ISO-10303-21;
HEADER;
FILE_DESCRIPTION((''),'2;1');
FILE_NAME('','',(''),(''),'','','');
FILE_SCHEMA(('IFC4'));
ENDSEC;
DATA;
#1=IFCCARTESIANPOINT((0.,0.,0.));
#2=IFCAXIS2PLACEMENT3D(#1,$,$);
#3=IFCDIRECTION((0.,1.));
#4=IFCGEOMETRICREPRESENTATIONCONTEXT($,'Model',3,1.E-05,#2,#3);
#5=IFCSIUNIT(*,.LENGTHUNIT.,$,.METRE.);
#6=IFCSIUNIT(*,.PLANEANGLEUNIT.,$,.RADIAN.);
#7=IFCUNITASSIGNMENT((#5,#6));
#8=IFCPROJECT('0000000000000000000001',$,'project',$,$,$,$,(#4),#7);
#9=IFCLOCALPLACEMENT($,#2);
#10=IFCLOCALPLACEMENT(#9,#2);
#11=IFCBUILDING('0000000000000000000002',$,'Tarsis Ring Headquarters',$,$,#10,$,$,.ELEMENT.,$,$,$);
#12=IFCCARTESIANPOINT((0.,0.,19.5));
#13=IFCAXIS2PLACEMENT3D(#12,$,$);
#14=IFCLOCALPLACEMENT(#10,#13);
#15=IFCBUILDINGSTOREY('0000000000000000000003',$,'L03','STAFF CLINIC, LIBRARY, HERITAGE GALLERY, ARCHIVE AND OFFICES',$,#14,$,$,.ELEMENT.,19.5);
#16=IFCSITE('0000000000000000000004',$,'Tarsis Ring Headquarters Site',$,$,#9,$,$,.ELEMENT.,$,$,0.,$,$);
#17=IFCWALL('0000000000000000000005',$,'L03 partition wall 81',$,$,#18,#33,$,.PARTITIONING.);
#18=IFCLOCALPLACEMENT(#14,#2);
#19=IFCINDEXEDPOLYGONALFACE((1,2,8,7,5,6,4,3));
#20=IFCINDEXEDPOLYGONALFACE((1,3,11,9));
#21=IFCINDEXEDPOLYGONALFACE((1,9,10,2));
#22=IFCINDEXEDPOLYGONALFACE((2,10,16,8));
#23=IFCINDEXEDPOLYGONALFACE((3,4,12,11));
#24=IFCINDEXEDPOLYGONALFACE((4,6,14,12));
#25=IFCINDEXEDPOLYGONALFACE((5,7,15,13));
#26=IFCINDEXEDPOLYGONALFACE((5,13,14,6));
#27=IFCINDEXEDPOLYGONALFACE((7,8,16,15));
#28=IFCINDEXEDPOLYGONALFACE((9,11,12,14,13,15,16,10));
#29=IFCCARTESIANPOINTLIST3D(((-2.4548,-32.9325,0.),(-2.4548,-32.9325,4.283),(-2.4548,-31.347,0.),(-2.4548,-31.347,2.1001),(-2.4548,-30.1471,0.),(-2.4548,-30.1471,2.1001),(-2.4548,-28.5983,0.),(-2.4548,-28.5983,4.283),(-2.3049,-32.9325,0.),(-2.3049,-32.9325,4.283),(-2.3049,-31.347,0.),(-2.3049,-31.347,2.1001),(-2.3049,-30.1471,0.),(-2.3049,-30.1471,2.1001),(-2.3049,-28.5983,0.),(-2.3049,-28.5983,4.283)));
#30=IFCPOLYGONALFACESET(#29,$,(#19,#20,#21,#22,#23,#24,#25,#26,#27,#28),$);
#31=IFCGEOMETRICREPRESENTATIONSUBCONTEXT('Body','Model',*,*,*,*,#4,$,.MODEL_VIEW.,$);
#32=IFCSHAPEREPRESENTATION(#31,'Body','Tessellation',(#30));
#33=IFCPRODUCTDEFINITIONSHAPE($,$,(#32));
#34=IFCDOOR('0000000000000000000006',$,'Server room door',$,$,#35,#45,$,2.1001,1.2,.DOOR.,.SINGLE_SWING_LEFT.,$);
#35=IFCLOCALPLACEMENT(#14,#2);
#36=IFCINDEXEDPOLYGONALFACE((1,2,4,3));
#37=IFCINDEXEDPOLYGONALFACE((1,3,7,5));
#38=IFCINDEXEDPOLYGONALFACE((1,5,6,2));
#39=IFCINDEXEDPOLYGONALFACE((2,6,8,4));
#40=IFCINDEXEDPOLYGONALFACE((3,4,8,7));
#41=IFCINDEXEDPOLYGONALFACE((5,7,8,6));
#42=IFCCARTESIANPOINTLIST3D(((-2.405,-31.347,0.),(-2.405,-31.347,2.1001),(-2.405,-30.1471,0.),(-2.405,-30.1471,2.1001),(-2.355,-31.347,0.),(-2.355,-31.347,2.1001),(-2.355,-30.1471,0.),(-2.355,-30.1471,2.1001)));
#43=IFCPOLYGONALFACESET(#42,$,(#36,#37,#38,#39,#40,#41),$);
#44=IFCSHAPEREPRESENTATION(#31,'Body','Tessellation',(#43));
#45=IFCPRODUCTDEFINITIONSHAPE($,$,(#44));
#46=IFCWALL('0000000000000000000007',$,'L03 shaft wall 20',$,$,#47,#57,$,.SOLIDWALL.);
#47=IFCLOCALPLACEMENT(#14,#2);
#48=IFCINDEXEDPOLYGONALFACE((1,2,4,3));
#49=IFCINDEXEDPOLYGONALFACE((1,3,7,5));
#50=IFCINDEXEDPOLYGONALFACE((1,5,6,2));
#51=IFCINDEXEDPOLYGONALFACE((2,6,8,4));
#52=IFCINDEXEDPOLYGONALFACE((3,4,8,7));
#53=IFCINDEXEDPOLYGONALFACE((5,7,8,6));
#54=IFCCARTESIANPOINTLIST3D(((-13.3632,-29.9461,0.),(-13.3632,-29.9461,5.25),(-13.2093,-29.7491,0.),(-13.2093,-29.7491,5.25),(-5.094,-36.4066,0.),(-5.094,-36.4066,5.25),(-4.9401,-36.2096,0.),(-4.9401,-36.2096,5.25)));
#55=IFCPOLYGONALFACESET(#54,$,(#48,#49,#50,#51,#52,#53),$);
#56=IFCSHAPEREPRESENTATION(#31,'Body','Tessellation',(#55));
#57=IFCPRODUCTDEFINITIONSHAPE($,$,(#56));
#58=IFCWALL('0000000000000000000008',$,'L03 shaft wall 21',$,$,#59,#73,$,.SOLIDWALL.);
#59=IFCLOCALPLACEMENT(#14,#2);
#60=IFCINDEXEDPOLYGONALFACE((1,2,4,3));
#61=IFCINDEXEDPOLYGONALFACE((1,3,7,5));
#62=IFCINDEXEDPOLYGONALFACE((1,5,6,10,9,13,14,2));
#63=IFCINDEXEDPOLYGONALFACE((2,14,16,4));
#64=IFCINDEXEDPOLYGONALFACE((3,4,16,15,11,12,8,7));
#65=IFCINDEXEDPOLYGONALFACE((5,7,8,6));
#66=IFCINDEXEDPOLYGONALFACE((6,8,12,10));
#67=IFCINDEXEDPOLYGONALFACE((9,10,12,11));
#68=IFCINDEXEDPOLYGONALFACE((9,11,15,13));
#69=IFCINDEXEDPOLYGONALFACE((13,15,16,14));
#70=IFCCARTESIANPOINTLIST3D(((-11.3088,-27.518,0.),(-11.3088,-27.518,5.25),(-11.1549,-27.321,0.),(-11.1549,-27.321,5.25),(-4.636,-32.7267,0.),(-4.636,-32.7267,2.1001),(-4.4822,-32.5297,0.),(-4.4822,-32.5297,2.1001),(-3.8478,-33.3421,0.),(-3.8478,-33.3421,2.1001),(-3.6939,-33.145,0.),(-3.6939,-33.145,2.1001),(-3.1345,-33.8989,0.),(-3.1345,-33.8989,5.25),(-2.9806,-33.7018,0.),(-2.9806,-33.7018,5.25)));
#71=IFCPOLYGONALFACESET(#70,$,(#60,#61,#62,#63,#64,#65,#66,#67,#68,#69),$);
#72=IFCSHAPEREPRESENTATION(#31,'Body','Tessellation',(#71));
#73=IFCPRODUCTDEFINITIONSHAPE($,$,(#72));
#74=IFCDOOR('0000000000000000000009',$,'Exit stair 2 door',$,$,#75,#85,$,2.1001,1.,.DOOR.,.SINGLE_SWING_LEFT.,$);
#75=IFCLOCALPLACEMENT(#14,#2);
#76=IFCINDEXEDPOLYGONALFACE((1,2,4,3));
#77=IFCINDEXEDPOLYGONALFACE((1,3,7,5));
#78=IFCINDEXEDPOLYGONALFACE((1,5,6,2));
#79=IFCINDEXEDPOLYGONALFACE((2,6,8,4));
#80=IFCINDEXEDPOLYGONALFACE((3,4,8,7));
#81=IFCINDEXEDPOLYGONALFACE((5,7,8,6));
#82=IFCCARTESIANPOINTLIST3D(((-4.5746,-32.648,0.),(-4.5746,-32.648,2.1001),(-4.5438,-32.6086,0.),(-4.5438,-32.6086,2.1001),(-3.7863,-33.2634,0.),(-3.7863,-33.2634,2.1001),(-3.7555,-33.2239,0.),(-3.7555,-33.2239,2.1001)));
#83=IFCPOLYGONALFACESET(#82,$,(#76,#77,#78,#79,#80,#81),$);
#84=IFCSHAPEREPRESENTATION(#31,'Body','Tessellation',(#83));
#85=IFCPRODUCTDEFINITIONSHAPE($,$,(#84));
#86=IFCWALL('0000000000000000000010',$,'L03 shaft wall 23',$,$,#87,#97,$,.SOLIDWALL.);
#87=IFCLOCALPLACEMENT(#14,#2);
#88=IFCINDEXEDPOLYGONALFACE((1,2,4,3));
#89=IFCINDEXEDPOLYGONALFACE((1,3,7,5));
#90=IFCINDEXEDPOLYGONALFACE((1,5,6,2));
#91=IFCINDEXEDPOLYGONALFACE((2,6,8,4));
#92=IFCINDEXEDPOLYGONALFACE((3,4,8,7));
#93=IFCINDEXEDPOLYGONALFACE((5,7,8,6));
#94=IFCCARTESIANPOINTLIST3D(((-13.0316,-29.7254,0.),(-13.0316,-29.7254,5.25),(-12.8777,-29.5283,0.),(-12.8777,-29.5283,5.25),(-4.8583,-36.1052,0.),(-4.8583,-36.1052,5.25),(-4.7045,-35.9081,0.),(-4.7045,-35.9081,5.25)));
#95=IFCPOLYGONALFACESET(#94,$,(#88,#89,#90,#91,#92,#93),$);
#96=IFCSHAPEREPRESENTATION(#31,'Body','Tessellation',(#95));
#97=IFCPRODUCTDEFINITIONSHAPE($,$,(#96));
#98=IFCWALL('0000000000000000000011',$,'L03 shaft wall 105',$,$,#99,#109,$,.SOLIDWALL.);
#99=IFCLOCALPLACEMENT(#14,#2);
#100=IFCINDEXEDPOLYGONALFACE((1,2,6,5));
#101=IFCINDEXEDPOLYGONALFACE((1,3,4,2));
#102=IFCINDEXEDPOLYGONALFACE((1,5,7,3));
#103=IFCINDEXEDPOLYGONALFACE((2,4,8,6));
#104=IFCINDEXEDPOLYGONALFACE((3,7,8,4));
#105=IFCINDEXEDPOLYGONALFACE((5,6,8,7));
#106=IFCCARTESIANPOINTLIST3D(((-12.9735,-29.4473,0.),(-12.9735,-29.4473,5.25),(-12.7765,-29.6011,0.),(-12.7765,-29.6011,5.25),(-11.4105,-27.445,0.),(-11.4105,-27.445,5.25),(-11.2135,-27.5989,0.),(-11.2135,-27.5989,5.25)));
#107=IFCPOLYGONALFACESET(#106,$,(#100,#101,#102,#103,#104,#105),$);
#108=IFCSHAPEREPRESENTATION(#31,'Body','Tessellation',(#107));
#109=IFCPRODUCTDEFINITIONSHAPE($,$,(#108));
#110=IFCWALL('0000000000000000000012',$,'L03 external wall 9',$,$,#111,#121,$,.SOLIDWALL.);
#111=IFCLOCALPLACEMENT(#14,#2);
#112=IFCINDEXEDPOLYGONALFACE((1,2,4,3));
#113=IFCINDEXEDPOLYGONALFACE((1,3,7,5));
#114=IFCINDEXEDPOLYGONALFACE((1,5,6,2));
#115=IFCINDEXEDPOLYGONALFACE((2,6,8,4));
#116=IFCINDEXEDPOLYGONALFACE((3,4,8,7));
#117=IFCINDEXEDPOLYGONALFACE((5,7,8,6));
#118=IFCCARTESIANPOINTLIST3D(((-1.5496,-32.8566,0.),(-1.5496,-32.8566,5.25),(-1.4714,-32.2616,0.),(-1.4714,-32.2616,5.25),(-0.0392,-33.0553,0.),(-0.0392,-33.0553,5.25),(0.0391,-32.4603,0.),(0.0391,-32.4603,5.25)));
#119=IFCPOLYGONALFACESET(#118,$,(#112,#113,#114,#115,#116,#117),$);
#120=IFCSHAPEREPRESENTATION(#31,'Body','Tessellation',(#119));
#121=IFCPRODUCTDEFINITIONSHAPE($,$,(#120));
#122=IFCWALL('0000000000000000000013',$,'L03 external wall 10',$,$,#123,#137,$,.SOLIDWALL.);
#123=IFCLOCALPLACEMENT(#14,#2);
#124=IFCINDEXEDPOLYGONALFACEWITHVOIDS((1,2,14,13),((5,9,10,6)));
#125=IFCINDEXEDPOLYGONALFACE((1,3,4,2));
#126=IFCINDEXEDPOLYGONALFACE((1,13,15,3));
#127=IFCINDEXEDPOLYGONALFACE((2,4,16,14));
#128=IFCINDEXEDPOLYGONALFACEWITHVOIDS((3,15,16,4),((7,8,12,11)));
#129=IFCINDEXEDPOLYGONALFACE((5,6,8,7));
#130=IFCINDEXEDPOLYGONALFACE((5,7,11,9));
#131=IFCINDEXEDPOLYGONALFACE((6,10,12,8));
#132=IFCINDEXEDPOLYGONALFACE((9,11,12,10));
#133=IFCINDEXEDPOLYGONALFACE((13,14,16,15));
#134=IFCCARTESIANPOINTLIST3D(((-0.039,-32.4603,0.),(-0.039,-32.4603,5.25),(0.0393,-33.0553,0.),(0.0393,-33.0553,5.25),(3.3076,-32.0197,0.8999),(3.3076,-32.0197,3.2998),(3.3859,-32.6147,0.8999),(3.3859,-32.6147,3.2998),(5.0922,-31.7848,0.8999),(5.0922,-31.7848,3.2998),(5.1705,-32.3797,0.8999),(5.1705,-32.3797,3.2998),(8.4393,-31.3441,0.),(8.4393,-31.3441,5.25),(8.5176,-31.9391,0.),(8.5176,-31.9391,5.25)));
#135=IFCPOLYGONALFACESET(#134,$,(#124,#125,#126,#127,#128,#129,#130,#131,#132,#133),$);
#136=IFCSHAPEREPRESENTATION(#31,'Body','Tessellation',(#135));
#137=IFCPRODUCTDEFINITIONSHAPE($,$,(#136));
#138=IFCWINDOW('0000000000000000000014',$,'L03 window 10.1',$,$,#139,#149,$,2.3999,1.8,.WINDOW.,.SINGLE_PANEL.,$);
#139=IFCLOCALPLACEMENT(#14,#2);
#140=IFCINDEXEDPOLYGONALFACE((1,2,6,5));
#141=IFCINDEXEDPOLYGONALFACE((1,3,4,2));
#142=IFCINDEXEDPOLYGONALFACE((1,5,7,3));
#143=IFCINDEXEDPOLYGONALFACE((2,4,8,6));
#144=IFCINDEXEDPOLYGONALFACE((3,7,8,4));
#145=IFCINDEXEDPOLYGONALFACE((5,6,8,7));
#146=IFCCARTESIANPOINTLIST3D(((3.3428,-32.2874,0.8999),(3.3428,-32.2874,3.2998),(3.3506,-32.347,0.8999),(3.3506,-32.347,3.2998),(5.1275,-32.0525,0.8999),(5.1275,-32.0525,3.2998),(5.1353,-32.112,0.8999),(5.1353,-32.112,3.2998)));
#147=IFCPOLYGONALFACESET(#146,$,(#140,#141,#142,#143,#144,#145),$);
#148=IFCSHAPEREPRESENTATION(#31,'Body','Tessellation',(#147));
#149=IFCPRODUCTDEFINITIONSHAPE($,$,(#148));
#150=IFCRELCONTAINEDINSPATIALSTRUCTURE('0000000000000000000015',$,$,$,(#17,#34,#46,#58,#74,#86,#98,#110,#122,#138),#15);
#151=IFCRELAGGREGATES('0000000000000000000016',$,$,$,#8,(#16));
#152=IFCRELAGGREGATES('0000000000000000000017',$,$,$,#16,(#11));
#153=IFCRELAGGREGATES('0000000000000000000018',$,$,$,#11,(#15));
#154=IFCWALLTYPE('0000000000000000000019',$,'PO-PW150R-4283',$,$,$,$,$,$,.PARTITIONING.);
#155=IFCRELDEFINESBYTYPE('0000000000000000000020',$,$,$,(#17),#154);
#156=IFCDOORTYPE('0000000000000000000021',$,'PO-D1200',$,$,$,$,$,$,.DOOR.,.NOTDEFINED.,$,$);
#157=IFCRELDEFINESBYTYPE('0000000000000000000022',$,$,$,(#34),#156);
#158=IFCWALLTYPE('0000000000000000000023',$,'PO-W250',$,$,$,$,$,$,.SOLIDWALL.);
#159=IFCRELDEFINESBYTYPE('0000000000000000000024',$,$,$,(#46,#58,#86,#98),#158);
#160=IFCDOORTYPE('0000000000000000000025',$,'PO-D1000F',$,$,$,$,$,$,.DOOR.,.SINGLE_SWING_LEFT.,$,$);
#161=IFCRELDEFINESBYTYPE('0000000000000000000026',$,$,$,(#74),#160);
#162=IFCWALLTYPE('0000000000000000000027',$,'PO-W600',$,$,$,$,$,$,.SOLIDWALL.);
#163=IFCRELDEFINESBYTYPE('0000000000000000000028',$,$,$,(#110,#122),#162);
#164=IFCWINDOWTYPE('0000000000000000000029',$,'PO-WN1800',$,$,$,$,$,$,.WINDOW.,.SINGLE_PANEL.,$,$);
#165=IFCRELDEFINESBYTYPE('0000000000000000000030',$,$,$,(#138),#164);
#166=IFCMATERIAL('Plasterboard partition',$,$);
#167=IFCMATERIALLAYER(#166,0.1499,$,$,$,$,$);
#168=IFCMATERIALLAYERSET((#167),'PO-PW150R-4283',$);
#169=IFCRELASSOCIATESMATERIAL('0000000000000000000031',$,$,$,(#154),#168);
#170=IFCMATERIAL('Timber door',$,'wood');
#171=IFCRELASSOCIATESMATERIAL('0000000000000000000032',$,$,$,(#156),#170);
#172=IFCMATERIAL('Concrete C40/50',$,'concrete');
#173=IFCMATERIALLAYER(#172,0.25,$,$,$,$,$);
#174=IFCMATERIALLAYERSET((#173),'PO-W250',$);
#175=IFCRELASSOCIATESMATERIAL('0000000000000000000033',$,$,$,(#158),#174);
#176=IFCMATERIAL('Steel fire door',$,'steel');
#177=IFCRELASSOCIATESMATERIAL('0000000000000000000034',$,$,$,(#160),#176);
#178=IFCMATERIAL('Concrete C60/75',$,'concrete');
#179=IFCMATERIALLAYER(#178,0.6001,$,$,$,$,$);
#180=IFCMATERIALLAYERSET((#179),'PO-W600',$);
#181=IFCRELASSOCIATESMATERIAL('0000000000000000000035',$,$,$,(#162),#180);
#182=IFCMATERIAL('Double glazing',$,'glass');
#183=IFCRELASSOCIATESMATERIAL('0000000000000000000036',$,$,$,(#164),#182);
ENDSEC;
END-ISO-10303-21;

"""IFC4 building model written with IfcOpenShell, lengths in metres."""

from ifc_helpers import new_model, si_unit, direction, frame, frame_2d, origin, place, context, subcontext, project, spatial, rectangle, extrude, material, layer, layer_set, type_object, element, fill, save


model = new_model("IFC4")

# Units and contexts
model_context = context("Model", 3, precision=1e-05, world=origin(), true_north=direction((0.0, 1.0)))
body_context = subcontext(model_context, "Body", "Model", "MODEL_VIEW")
ifc_project = project(units=[si_unit("LENGTHUNIT", "METRE"), si_unit("PLANEANGLEUNIT", "RADIAN")], contexts=[model_context])

# Site, building, storey
site_placement = place(None, origin())
site = spatial("IfcSite", under=ifc_project, at=site_placement, Name="Tarsis Ring Headquarters Site", CompositionType="ELEMENT", RefElevation=0.0)
building_placement = place(site_placement, origin())
building = spatial("IfcBuilding", under=site, at=building_placement, Name="Tarsis Ring Headquarters", CompositionType="ELEMENT")
storey_placement = place(building_placement, frame((0.0, 0.0, 19.5)))
storey = spatial("IfcBuildingStorey", under=building, at=storey_placement, Name="L03", Description="STAFF CLINIC, LIBRARY, HERITAGE GALLERY, ARCHIVE AND OFFICES", CompositionType="ELEMENT", Elevation=19.5)

# Shared definitions
ifc_material_1 = material(Name="Concrete C60/75", Category="concrete")

# Shared definitions
ifc_material_2 = material(Name="Concrete C40/50", Category="concrete")

# Shared definitions
ifc_material_3 = material(Name="Plasterboard partition")
ifc_layer_1 = layer(ifc_material_3, 0.1499)
ifc_layer_set_1 = layer_set([ifc_layer_1], Name="PO-PW150R-4283")
wall_type_1 = type_object("IfcWallType", Name="PO-PW150R-4283", PredefinedType="PARTITIONING", material=ifc_layer_set_1)

# Wall, opening, door
wall_1_placement = place(storey_placement, frame((-2.3799, -28.5984, 0.0), z_axis=(0.0, 0.0, 1.0), x_axis=(0.0, -1.0, 0.0)))
wall_1 = element("IfcWall", 1, at=wall_1_placement, inside=storey, type_object=wall_type_1, Name="L03 partition wall 81", PredefinedType="PARTITIONING", context=body_context, shape_type="SweptSolid", body=[
    extrude(rectangle(XDim=4.3342, YDim=0.1499, at=frame_2d((2.167, 0.0))), origin(), (0.0, 0.0, 1.0), 4.283),
])
opening_1_placement = place(wall_1_placement, frame((1.5486, 0.0, 0.0)))
opening_1 = element("IfcOpeningElement", 2, at=opening_1_placement, cuts=wall_1, PredefinedType="OPENING", context=body_context, shape_type="SweptSolid", body=[
    extrude(rectangle(XDim=1.2, YDim=2.1001, at=frame_2d((0.6001, 1.05))), frame((0.0, 0.085, 0.0), z_axis=(0.0, -1.0, 0.0), x_axis=(1.0, 0.0, 0.0)), (0.0, 0.0, 1.0), 0.1699),
])
ifc_material_4 = material(Name="Timber door", Category="wood")
door_type_1 = type_object("IfcDoorType", Name="PO-D1200", OperationType="NOTDEFINED", PredefinedType="DOOR", material=ifc_material_4)
door_1_placement = place(opening_1_placement, origin())
door_1 = element("IfcDoor", 3, at=door_1_placement, inside=storey, type_object=door_type_1, Name="Server room door", OperationType="SINGLE_SWING_LEFT", OverallHeight=2.1001, OverallWidth=1.2, PredefinedType="DOOR", context=body_context, shape_type="SweptSolid", body=[
    extrude(rectangle(XDim=1.2, YDim=2.1001, at=frame_2d((0.6001, 1.05))), frame((0.0, 0.0249, 0.0), z_axis=(0.0, -1.0, 0.0), x_axis=(1.0, 0.0, 0.0)), (0.0, 0.0, 1.0), 0.05),
])
fill(opening_1, door_1)

# Wall
ifc_layer_2 = layer(ifc_material_2, 0.25)
ifc_layer_set_2 = layer_set([ifc_layer_2], Name="PO-W250")
wall_type_2 = type_object("IfcWallType", Name="PO-W250", PredefinedType="SOLIDWALL", material=ifc_layer_set_2)
wall_2_placement = place(storey_placement, frame((-5.0171, -36.3081, 0.0), z_axis=(0.0, 0.0, 1.0), x_axis=(-0.788012, 0.615659, 0.0)))
element("IfcWall", 4, at=wall_2_placement, inside=storey, type_object=wall_type_2, Name="L03 shaft wall 20", PredefinedType="SOLIDWALL", context=body_context, shape_type="SweptSolid", body=[
    extrude(rectangle(XDim=10.4937, YDim=0.25, at=frame_2d((5.2468, 0.0))), origin(), (0.0, 0.0, 1.0), 5.25),
])

# Wall, opening, door
wall_3_placement = place(storey_placement, frame((-11.2319, -27.4194, 0.0), z_axis=(0.0, 0.0, 1.0), x_axis=(0.788273, -0.615325, 0.0)))
wall_3 = element("IfcWall", 5, at=wall_3_placement, inside=storey, type_object=wall_type_2, Name="L03 shaft wall 21", PredefinedType="SOLIDWALL", context=body_context, shape_type="SweptSolid", body=[
    extrude(rectangle(XDim=10.3699, YDim=0.25, at=frame_2d((5.1851, 0.0))), origin(), (0.0, 0.0, 1.0), 5.25),
])
opening_2_placement = place(wall_3_placement, frame((8.4651, 0.0, 0.0)))
opening_2 = element("IfcOpeningElement", 6, at=opening_2_placement, cuts=wall_3, PredefinedType="OPENING", context=body_context, shape_type="SweptSolid", body=[
    extrude(rectangle(XDim=1.0, YDim=2.1001, at=frame_2d((0.5, 1.05))), frame((0.0, 0.135, 0.0), z_axis=(0.0, -1.0, 0.0), x_axis=(1.0, 0.0, 0.0)), (0.0, 0.0, 1.0), 0.27),
])
ifc_material_5 = material(Name="Steel fire door", Category="steel")
door_type_2 = type_object("IfcDoorType", Name="PO-D1000F", OperationType="SINGLE_SWING_LEFT", PredefinedType="DOOR", material=ifc_material_5)
door_2_placement = place(opening_2_placement, origin())
door_2 = element("IfcDoor", 7, at=door_2_placement, inside=storey, type_object=door_type_2, Name="Exit stair 2 door", OperationType="SINGLE_SWING_LEFT", OverallHeight=2.1001, OverallWidth=1.0, PredefinedType="DOOR", context=body_context, shape_type="SweptSolid", body=[
    extrude(rectangle(XDim=1.0, YDim=2.1001, at=frame_2d((0.5, 1.05))), frame((0.0, 0.0249, 0.0), z_axis=(0.0, -1.0, 0.0), x_axis=(1.0, 0.0, 0.0)), (0.0, 0.0, 1.0), 0.05),
])
fill(opening_2, door_2)

# Walls
wall_4_placement = place(storey_placement, frame((-4.7815, -36.0066, 0.0), z_axis=(0.0, 0.0, 1.0), x_axis=(-0.788283, 0.615312, 0.0)))
element("IfcWall", 8, at=wall_4_placement, inside=storey, type_object=wall_type_2, Name="L03 shaft wall 23", PredefinedType="SOLIDWALL", context=body_context, shape_type="SweptSolid", body=[
    extrude(rectangle(XDim=10.3684, YDim=0.25, at=frame_2d((5.1841, 0.0))), origin(), (0.0, 0.0, 1.0), 5.25),
])
wall_5_placement = place(storey_placement, frame((-12.875, -29.5242, 0.0), z_axis=(0.0, 0.0, 1.0), x_axis=(0.615344, 0.788259, 0.0)))
element("IfcWall", 9, at=wall_5_placement, inside=storey, type_object=wall_type_2, Name="L03 shaft wall 105", PredefinedType="SOLIDWALL", context=body_context, shape_type="SweptSolid", body=[
    extrude(rectangle(XDim=2.54, YDim=0.25, at=frame_2d((1.27, 0.0))), origin(), (0.0, 0.0, 1.0), 5.25),
])
ifc_layer_3 = layer(ifc_material_1, 0.6001)
ifc_layer_set_3 = layer_set([ifc_layer_3], Name="PO-W600")
wall_type_3 = type_object("IfcWallType", Name="PO-W600", PredefinedType="SOLIDWALL", material=ifc_layer_set_3)
wall_6_placement = place(storey_placement, frame((-1.5105, -32.5591, 0.0), z_axis=(0.0, 0.0, 1.0), x_axis=(0.991456, -0.130442, 0.0)))
element("IfcWall", 10, at=wall_6_placement, inside=storey, type_object=wall_type_3, Name="L03 external wall 9", PredefinedType="SOLIDWALL", context=body_context, shape_type="SweptSolid", body=[
    extrude(rectangle(XDim=1.5234, YDim=0.6001, at=frame_2d((0.7617, 0.0))), origin(), (0.0, 0.0, 1.0), 5.25),
])

# Wall, opening, window
wall_7_placement = place(storey_placement, frame((0.0, -32.7578, 0.0), z_axis=(0.0, 0.0, 1.0), x_axis=(0.991444, 0.130529, 0.0)))
wall_7 = element("IfcWall", 11, at=wall_7_placement, inside=storey, type_object=wall_type_3, Name="L03 external wall 10", PredefinedType="SOLIDWALL", context=body_context, shape_type="SweptSolid", body=[
    extrude(rectangle(XDim=8.5515, YDim=0.6001, at=frame_2d((4.2759, 0.0))), origin(), (0.0, 0.0, 1.0), 5.25),
])
opening_3_placement = place(wall_7_placement, frame((3.3757, 0.0, 0.8999)))
opening_3 = element("IfcOpeningElement", 12, at=opening_3_placement, cuts=wall_7, PredefinedType="OPENING", context=body_context, shape_type="SweptSolid", body=[
    extrude(rectangle(XDim=1.8, YDim=2.3999, at=frame_2d((0.8999, 1.2))), frame((0.0, 0.3101, 0.0), z_axis=(0.0, -1.0, 0.0), x_axis=(1.0, 0.0, 0.0)), (0.0, 0.0, 1.0), 0.6201),
])
ifc_material_6 = material(Name="Double glazing", Category="glass")
window_type = type_object("IfcWindowType", Name="PO-WN1800", PartitioningType="SINGLE_PANEL", PredefinedType="WINDOW", material=ifc_material_6)
window_placement = place(opening_3_placement, origin())
window = element("IfcWindow", 13, at=window_placement, inside=storey, type_object=window_type, Name="L03 window 10.1", OverallHeight=2.3999, OverallWidth=1.8, PartitioningType="SINGLE_PANEL", PredefinedType="WINDOW", context=body_context, shape_type="SweptSolid", body=[
    extrude(rectangle(XDim=1.8, YDim=2.3999, at=frame_2d((0.8999, 1.2))), frame((0.0, 0.03, 0.0), z_axis=(0.0, -1.0, 0.0), x_axis=(1.0, 0.0, 0.0)), (0.0, 0.0, 1.0), 0.0601),
])
fill(opening_3, window)

save(model, "model.ifc")
